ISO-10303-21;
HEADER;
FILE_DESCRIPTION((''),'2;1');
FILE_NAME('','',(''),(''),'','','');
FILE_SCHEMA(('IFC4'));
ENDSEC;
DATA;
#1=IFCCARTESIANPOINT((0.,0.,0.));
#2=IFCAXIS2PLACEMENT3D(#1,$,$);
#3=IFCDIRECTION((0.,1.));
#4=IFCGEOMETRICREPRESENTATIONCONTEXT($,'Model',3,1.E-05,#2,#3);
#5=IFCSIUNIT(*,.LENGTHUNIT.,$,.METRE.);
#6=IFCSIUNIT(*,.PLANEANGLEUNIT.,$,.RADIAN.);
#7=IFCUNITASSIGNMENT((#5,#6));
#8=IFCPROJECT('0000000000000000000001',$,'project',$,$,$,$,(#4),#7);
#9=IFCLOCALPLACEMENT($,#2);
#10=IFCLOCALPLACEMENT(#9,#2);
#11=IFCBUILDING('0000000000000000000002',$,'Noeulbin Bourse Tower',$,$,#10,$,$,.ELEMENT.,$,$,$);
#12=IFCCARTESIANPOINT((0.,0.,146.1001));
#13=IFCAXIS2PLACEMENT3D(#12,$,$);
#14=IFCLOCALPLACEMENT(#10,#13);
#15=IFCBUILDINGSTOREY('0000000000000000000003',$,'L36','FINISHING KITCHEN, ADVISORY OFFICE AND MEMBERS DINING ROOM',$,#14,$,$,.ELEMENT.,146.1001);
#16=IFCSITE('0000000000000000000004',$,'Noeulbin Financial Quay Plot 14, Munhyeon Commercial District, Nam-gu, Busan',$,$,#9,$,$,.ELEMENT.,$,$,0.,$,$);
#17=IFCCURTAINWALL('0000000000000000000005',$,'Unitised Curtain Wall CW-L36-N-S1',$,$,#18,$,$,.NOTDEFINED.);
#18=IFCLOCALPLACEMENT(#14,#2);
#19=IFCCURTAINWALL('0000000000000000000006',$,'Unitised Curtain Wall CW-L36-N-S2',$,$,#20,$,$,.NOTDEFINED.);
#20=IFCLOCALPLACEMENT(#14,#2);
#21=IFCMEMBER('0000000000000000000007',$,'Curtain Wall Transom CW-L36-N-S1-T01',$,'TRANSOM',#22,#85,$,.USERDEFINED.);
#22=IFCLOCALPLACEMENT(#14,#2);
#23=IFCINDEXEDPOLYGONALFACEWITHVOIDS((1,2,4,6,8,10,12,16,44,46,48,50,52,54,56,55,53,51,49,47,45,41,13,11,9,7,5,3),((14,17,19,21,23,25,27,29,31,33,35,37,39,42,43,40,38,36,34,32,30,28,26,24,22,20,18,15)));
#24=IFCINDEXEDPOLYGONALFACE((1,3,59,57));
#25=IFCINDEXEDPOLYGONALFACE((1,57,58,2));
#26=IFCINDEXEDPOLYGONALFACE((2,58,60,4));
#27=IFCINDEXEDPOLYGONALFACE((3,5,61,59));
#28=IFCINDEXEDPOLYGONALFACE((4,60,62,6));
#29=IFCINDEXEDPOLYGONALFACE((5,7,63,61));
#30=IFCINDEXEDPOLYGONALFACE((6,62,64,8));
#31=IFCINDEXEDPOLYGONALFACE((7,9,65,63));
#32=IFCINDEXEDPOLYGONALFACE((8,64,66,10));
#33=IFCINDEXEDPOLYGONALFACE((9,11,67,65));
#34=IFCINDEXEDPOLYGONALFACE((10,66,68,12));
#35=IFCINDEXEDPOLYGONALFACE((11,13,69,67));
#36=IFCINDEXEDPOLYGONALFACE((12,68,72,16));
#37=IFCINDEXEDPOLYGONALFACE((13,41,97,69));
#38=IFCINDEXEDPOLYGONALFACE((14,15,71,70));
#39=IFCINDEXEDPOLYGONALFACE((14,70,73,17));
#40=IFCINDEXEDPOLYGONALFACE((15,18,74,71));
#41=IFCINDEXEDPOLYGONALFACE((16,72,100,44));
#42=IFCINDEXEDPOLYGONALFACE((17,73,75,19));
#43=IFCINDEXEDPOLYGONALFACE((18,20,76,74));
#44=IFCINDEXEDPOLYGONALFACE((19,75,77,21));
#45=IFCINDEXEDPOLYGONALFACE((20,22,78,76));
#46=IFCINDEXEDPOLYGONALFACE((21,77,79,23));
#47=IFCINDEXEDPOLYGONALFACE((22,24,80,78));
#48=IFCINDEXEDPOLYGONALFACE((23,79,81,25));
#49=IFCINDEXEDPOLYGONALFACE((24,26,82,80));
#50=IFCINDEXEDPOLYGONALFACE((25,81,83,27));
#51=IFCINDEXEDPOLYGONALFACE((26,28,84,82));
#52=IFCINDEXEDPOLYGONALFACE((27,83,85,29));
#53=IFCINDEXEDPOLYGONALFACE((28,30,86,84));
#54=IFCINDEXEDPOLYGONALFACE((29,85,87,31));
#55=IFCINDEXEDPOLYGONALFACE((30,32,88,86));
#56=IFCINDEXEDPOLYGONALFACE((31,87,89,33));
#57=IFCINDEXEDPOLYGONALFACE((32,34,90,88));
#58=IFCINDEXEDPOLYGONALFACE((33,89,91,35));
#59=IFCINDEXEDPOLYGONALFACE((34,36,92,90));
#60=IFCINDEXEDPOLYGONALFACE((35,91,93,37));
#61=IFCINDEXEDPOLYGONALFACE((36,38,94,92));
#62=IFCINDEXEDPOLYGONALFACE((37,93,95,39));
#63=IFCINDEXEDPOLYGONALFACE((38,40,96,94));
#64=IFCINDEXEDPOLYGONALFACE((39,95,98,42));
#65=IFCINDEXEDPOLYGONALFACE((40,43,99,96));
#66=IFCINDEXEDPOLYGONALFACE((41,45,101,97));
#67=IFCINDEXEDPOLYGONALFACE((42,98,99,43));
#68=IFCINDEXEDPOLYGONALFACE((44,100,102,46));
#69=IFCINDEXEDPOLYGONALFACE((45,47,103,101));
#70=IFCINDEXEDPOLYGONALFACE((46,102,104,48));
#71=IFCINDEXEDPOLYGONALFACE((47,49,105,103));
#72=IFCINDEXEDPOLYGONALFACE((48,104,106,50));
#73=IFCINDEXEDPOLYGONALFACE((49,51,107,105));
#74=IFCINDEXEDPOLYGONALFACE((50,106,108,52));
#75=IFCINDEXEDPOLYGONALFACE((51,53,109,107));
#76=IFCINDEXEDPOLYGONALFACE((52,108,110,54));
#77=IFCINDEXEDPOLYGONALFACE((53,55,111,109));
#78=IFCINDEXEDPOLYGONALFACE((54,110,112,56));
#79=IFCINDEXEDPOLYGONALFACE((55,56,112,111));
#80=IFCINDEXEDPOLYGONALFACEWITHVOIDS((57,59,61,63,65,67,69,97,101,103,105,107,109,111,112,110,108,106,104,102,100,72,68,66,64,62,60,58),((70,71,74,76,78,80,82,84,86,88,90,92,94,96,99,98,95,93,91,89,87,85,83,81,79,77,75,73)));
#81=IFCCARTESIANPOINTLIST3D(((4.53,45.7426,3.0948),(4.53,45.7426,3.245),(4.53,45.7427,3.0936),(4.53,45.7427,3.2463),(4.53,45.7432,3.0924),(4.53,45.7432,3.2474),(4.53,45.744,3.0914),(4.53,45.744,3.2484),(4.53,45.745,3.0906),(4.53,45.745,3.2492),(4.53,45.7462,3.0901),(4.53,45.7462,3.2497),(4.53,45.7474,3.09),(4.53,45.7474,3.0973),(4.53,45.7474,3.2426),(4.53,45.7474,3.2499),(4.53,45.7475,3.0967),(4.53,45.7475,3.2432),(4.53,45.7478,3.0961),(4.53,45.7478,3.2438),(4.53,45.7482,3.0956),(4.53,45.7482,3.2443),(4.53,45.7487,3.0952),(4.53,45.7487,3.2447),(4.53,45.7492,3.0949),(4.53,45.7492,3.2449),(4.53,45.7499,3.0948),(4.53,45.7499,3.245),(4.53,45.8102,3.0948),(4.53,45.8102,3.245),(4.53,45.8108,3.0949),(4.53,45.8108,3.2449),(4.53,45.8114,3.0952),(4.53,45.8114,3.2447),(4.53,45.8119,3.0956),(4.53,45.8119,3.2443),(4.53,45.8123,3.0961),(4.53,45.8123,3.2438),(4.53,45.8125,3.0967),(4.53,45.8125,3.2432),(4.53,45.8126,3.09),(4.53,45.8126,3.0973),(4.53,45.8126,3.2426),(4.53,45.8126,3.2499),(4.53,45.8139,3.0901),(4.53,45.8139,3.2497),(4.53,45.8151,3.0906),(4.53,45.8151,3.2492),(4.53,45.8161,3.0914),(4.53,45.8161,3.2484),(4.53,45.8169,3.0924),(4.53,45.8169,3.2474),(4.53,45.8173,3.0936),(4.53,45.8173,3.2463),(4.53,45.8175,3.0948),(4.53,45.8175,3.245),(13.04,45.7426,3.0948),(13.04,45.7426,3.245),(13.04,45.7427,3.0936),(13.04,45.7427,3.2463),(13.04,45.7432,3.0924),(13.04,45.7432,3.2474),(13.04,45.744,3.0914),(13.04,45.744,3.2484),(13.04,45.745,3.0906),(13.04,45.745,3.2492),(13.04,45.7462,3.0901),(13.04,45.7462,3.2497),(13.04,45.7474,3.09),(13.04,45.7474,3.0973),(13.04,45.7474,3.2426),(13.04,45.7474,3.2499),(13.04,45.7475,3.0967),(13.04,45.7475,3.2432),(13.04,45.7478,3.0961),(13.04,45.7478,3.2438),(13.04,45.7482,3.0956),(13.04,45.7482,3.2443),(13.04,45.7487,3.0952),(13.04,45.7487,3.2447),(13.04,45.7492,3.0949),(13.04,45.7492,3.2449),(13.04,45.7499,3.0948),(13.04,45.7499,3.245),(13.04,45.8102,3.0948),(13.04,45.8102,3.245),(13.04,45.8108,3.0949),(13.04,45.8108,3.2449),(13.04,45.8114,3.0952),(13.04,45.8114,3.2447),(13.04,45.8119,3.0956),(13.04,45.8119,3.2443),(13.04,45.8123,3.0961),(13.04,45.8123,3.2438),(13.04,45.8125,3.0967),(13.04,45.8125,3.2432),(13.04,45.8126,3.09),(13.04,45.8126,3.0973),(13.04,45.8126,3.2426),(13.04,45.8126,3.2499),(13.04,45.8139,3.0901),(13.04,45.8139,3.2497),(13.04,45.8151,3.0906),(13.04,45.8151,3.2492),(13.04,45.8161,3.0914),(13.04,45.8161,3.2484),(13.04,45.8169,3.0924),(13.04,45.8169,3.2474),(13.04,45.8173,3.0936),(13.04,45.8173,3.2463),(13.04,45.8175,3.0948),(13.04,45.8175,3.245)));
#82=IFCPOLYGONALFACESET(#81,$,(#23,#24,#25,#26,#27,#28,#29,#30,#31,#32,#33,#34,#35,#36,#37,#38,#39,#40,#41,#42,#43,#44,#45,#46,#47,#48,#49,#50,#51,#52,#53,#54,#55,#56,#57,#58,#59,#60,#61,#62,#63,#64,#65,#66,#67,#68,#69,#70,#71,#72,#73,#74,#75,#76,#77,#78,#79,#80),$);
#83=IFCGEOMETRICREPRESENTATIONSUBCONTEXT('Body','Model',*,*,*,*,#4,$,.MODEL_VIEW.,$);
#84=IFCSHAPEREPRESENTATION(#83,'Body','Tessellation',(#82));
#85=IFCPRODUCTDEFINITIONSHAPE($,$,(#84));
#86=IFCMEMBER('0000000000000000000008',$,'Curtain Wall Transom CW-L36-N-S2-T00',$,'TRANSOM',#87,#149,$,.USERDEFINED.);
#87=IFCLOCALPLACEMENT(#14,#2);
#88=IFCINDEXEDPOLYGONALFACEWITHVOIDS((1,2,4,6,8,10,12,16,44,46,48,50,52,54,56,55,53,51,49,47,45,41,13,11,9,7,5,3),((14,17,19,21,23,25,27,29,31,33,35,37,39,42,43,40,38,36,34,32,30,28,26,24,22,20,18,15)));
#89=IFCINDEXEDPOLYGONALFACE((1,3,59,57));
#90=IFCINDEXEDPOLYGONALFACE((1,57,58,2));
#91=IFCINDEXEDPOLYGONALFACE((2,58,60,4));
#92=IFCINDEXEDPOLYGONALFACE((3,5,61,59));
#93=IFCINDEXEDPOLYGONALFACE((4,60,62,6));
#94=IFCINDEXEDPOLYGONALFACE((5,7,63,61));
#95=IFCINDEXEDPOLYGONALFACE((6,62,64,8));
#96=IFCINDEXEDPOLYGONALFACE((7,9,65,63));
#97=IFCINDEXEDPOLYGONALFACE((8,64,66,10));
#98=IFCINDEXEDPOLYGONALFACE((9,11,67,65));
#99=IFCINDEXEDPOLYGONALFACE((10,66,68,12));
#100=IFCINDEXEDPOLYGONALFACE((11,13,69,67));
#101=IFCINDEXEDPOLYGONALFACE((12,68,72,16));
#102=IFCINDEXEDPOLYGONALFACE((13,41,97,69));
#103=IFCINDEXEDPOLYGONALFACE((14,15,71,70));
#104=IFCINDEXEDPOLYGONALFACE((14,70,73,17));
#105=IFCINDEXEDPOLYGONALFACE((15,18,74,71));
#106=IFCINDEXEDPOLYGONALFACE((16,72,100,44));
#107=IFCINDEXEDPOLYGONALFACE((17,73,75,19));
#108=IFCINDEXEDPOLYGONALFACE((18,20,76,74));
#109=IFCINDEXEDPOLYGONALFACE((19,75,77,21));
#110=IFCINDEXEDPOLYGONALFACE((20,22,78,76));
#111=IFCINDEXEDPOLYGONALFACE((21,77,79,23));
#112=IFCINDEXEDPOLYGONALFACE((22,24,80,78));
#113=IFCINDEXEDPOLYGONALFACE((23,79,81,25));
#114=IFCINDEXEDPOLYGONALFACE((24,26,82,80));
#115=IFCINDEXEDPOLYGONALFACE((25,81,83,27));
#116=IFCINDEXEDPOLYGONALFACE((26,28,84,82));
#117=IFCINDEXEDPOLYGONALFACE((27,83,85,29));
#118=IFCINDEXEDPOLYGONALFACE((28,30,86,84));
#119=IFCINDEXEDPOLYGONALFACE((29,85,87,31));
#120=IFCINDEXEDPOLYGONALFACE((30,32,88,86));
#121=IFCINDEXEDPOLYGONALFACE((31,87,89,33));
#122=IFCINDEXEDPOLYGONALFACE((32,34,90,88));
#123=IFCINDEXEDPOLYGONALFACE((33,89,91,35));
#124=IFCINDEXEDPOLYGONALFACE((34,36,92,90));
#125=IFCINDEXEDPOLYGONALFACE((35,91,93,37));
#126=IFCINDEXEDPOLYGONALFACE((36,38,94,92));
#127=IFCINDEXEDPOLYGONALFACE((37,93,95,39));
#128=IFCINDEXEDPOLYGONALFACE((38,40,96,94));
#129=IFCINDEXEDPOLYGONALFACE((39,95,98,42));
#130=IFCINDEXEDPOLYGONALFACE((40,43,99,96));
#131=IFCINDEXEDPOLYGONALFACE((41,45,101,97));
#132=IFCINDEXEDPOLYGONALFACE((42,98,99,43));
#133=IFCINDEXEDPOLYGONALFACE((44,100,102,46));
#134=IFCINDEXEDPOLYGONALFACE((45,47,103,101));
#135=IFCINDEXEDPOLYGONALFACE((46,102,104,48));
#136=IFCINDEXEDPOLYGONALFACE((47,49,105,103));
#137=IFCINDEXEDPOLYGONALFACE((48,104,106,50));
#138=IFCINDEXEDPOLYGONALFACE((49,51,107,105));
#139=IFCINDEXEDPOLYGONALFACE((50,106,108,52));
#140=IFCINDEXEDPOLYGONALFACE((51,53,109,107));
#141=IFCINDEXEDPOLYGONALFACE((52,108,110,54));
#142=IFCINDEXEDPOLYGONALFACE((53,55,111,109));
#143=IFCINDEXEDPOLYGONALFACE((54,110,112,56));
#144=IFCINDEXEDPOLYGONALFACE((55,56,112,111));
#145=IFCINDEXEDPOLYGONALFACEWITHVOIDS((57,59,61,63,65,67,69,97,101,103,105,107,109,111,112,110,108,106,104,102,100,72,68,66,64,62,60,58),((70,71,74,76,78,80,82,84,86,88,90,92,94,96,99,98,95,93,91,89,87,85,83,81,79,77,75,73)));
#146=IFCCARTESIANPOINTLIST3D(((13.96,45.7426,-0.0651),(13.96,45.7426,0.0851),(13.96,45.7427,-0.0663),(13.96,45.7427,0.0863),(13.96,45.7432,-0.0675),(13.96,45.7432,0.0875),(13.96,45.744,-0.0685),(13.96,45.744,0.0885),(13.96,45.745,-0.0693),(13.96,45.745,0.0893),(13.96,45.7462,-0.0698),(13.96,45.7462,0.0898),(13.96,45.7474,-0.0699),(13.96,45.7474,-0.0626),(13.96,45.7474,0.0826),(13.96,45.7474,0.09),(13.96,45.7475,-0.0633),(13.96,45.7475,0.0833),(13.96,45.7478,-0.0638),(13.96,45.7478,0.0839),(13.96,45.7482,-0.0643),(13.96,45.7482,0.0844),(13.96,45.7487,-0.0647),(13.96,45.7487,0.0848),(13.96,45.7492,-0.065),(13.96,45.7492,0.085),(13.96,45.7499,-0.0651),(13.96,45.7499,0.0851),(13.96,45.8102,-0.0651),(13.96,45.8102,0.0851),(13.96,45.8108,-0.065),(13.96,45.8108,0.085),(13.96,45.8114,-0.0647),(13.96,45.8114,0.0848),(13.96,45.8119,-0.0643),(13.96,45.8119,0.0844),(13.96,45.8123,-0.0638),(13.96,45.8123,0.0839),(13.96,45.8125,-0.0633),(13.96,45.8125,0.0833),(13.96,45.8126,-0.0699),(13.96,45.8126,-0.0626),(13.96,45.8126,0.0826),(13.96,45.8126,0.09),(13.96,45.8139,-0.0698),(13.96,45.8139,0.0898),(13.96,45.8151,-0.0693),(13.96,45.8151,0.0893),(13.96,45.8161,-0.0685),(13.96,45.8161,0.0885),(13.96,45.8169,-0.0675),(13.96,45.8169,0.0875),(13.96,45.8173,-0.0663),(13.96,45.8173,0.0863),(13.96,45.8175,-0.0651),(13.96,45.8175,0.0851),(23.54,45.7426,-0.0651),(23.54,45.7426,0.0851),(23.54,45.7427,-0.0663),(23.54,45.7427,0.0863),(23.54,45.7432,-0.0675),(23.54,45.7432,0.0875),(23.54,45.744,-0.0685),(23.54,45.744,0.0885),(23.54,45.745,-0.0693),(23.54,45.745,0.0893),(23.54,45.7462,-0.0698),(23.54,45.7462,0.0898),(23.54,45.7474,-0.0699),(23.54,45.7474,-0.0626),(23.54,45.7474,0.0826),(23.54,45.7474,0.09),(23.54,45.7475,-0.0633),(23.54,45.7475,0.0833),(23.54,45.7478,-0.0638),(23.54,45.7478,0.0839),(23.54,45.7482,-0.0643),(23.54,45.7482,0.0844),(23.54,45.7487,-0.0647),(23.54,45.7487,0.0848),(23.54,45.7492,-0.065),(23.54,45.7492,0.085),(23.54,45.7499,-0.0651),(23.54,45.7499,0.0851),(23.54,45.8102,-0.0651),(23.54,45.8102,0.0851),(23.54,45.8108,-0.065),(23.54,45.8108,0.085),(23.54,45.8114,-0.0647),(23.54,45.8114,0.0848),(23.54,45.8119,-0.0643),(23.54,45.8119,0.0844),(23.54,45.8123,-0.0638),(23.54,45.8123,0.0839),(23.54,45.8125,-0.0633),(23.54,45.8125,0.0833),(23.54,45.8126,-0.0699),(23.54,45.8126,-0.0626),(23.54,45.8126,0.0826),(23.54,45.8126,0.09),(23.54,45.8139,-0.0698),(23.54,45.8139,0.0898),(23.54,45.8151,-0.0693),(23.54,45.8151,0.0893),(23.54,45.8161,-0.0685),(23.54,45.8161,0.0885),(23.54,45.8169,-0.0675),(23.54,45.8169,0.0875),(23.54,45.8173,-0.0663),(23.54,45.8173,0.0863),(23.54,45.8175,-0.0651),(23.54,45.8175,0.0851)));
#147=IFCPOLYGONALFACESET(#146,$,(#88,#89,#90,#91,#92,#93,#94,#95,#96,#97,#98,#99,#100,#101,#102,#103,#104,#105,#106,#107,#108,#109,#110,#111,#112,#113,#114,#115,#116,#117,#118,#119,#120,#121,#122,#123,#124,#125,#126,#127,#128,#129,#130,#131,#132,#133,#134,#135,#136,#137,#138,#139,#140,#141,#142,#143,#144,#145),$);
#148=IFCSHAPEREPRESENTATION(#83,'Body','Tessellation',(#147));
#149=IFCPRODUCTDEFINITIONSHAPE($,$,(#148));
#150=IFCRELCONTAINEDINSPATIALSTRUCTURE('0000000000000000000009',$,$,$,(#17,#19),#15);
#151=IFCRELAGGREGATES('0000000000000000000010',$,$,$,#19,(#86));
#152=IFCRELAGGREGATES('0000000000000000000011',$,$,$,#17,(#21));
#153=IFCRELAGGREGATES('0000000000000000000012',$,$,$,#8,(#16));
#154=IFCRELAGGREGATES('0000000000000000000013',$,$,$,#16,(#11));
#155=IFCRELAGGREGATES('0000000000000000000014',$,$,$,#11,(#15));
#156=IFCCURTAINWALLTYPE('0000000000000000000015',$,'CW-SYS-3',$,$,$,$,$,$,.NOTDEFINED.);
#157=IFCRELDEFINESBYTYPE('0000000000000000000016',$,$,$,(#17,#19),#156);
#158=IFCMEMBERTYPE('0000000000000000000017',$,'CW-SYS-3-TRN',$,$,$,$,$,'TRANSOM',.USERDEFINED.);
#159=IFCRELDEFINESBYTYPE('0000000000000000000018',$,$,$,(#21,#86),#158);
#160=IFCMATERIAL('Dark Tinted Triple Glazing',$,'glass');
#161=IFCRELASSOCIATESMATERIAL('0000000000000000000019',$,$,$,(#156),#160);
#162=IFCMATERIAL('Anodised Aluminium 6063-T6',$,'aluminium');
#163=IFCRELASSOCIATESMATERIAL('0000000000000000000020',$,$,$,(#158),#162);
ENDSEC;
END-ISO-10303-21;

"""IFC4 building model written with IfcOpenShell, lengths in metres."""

from ifc_helpers import new_model, si_unit, direction, frame, origin, origin_2d, place, context, subcontext, project, spatial, hollow_rectangle, extrude, material, material_profile, profile_set, type_object, element, aggregate, save


model = new_model("IFC4")

# Units and contexts
model_context = context("Model", 3, precision=1e-05, world=origin(), true_north=direction((0.0, 1.0)))
body_context = subcontext(model_context, "Body", "Model", "MODEL_VIEW")
ifc_project = project(units=[si_unit("LENGTHUNIT", "METRE"), si_unit("PLANEANGLEUNIT", "RADIAN")], contexts=[model_context])

# Site, building, storey
site_placement = place(None, origin())
site = spatial("IfcSite", under=ifc_project, at=site_placement, Name="Noeulbin Financial Quay Plot 14, Munhyeon Commercial District, Nam-gu, Busan", CompositionType="ELEMENT", RefElevation=0.0)
building_placement = place(site_placement, origin())
building = spatial("IfcBuilding", under=site, at=building_placement, Name="Noeulbin Bourse Tower", CompositionType="ELEMENT")
storey_placement = place(building_placement, frame((0.0, 0.0, 146.1001)))
storey = spatial("IfcBuildingStorey", under=building, at=storey_placement, Name="L36", Description="FINISHING KITCHEN, ADVISORY OFFICE AND MEMBERS DINING ROOM", CompositionType="ELEMENT", Elevation=146.1001)

# Curtain wall
ifc_material_1 = material(Name="Dark Tinted Triple Glazing", Category="glass")
curtain_wall_type = type_object("IfcCurtainWallType", Name="CW-SYS-3", PredefinedType="NOTDEFINED", material=ifc_material_1)
curtain_wall_1_placement = place(storey_placement, origin())
curtain_wall_1 = element("IfcCurtainWall", 1, at=curtain_wall_1_placement, inside=storey, type_object=curtain_wall_type, Name="Unitised Curtain Wall CW-L36-N-S1", PredefinedType="NOTDEFINED")
ifc_material_2 = material(Name="Anodised Aluminium 6063-T6", Category="aluminium")

# Curtain wall
curtain_wall_2_placement = place(storey_placement, origin())
curtain_wall_2 = element("IfcCurtainWall", 2, at=curtain_wall_2_placement, inside=storey, type_object=curtain_wall_type, Name="Unitised Curtain Wall CW-L36-N-S2", PredefinedType="NOTDEFINED")

# Members
ifc_material_profile_1 = material_profile(ifc_material_2, hollow_rectangle(XDim=0.075, YDim=0.1599, WallThickness=0.0049, InnerFilletRadius=0.0024, OuterFilletRadius=0.0049, at=origin_2d()), Name="ALU-TRAN-75x160x5", Category="LoadBearing")
ifc_profile_set_1 = profile_set([ifc_material_profile_1], Name="Anodised Aluminium 6063-T6")
member_type_1 = type_object("IfcMemberType", Name="CW-SYS-3-TRN", ElementType="TRANSOM", PredefinedType="USERDEFINED", material=ifc_profile_set_1)
member_1_placement = place(storey_placement, frame((4.53, 45.78, 3.1699), z_axis=(1.0, 0.0, 0.0), x_axis=(0.0, 1.0, 0.0)))
member_1 = element("IfcMember", 3, at=member_1_placement, type_object=member_type_1, Name="Curtain Wall Transom CW-L36-N-S1-T01", ObjectType="TRANSOM", PredefinedType="USERDEFINED", context=body_context, shape_type="SweptSolid", body=[
    extrude(hollow_rectangle(XDim=0.075, YDim=0.1599, WallThickness=0.0049, InnerFilletRadius=0.0024, OuterFilletRadius=0.0049, at=origin_2d()), origin(), (0.0, 0.0, 1.0), 8.51),
])
member_2_placement = place(storey_placement, frame((13.96, 45.78, 0.01), z_axis=(1.0, 0.0, 0.0), x_axis=(0.0, 1.0, 0.0)))
member_2 = element("IfcMember", 4, at=member_2_placement, type_object=member_type_1, Name="Curtain Wall Transom CW-L36-N-S2-T00", ObjectType="TRANSOM", PredefinedType="USERDEFINED", context=body_context, shape_type="SweptSolid", body=[
    extrude(hollow_rectangle(XDim=0.075, YDim=0.1599, WallThickness=0.0049, InnerFilletRadius=0.0024, OuterFilletRadius=0.0049, at=origin_2d()), origin(), (0.0, 0.0, 1.0), 9.5801),
])
aggregate(curtain_wall_2, [member_2])

aggregate(curtain_wall_1, [member_1])

save(model, "model.ifc")
